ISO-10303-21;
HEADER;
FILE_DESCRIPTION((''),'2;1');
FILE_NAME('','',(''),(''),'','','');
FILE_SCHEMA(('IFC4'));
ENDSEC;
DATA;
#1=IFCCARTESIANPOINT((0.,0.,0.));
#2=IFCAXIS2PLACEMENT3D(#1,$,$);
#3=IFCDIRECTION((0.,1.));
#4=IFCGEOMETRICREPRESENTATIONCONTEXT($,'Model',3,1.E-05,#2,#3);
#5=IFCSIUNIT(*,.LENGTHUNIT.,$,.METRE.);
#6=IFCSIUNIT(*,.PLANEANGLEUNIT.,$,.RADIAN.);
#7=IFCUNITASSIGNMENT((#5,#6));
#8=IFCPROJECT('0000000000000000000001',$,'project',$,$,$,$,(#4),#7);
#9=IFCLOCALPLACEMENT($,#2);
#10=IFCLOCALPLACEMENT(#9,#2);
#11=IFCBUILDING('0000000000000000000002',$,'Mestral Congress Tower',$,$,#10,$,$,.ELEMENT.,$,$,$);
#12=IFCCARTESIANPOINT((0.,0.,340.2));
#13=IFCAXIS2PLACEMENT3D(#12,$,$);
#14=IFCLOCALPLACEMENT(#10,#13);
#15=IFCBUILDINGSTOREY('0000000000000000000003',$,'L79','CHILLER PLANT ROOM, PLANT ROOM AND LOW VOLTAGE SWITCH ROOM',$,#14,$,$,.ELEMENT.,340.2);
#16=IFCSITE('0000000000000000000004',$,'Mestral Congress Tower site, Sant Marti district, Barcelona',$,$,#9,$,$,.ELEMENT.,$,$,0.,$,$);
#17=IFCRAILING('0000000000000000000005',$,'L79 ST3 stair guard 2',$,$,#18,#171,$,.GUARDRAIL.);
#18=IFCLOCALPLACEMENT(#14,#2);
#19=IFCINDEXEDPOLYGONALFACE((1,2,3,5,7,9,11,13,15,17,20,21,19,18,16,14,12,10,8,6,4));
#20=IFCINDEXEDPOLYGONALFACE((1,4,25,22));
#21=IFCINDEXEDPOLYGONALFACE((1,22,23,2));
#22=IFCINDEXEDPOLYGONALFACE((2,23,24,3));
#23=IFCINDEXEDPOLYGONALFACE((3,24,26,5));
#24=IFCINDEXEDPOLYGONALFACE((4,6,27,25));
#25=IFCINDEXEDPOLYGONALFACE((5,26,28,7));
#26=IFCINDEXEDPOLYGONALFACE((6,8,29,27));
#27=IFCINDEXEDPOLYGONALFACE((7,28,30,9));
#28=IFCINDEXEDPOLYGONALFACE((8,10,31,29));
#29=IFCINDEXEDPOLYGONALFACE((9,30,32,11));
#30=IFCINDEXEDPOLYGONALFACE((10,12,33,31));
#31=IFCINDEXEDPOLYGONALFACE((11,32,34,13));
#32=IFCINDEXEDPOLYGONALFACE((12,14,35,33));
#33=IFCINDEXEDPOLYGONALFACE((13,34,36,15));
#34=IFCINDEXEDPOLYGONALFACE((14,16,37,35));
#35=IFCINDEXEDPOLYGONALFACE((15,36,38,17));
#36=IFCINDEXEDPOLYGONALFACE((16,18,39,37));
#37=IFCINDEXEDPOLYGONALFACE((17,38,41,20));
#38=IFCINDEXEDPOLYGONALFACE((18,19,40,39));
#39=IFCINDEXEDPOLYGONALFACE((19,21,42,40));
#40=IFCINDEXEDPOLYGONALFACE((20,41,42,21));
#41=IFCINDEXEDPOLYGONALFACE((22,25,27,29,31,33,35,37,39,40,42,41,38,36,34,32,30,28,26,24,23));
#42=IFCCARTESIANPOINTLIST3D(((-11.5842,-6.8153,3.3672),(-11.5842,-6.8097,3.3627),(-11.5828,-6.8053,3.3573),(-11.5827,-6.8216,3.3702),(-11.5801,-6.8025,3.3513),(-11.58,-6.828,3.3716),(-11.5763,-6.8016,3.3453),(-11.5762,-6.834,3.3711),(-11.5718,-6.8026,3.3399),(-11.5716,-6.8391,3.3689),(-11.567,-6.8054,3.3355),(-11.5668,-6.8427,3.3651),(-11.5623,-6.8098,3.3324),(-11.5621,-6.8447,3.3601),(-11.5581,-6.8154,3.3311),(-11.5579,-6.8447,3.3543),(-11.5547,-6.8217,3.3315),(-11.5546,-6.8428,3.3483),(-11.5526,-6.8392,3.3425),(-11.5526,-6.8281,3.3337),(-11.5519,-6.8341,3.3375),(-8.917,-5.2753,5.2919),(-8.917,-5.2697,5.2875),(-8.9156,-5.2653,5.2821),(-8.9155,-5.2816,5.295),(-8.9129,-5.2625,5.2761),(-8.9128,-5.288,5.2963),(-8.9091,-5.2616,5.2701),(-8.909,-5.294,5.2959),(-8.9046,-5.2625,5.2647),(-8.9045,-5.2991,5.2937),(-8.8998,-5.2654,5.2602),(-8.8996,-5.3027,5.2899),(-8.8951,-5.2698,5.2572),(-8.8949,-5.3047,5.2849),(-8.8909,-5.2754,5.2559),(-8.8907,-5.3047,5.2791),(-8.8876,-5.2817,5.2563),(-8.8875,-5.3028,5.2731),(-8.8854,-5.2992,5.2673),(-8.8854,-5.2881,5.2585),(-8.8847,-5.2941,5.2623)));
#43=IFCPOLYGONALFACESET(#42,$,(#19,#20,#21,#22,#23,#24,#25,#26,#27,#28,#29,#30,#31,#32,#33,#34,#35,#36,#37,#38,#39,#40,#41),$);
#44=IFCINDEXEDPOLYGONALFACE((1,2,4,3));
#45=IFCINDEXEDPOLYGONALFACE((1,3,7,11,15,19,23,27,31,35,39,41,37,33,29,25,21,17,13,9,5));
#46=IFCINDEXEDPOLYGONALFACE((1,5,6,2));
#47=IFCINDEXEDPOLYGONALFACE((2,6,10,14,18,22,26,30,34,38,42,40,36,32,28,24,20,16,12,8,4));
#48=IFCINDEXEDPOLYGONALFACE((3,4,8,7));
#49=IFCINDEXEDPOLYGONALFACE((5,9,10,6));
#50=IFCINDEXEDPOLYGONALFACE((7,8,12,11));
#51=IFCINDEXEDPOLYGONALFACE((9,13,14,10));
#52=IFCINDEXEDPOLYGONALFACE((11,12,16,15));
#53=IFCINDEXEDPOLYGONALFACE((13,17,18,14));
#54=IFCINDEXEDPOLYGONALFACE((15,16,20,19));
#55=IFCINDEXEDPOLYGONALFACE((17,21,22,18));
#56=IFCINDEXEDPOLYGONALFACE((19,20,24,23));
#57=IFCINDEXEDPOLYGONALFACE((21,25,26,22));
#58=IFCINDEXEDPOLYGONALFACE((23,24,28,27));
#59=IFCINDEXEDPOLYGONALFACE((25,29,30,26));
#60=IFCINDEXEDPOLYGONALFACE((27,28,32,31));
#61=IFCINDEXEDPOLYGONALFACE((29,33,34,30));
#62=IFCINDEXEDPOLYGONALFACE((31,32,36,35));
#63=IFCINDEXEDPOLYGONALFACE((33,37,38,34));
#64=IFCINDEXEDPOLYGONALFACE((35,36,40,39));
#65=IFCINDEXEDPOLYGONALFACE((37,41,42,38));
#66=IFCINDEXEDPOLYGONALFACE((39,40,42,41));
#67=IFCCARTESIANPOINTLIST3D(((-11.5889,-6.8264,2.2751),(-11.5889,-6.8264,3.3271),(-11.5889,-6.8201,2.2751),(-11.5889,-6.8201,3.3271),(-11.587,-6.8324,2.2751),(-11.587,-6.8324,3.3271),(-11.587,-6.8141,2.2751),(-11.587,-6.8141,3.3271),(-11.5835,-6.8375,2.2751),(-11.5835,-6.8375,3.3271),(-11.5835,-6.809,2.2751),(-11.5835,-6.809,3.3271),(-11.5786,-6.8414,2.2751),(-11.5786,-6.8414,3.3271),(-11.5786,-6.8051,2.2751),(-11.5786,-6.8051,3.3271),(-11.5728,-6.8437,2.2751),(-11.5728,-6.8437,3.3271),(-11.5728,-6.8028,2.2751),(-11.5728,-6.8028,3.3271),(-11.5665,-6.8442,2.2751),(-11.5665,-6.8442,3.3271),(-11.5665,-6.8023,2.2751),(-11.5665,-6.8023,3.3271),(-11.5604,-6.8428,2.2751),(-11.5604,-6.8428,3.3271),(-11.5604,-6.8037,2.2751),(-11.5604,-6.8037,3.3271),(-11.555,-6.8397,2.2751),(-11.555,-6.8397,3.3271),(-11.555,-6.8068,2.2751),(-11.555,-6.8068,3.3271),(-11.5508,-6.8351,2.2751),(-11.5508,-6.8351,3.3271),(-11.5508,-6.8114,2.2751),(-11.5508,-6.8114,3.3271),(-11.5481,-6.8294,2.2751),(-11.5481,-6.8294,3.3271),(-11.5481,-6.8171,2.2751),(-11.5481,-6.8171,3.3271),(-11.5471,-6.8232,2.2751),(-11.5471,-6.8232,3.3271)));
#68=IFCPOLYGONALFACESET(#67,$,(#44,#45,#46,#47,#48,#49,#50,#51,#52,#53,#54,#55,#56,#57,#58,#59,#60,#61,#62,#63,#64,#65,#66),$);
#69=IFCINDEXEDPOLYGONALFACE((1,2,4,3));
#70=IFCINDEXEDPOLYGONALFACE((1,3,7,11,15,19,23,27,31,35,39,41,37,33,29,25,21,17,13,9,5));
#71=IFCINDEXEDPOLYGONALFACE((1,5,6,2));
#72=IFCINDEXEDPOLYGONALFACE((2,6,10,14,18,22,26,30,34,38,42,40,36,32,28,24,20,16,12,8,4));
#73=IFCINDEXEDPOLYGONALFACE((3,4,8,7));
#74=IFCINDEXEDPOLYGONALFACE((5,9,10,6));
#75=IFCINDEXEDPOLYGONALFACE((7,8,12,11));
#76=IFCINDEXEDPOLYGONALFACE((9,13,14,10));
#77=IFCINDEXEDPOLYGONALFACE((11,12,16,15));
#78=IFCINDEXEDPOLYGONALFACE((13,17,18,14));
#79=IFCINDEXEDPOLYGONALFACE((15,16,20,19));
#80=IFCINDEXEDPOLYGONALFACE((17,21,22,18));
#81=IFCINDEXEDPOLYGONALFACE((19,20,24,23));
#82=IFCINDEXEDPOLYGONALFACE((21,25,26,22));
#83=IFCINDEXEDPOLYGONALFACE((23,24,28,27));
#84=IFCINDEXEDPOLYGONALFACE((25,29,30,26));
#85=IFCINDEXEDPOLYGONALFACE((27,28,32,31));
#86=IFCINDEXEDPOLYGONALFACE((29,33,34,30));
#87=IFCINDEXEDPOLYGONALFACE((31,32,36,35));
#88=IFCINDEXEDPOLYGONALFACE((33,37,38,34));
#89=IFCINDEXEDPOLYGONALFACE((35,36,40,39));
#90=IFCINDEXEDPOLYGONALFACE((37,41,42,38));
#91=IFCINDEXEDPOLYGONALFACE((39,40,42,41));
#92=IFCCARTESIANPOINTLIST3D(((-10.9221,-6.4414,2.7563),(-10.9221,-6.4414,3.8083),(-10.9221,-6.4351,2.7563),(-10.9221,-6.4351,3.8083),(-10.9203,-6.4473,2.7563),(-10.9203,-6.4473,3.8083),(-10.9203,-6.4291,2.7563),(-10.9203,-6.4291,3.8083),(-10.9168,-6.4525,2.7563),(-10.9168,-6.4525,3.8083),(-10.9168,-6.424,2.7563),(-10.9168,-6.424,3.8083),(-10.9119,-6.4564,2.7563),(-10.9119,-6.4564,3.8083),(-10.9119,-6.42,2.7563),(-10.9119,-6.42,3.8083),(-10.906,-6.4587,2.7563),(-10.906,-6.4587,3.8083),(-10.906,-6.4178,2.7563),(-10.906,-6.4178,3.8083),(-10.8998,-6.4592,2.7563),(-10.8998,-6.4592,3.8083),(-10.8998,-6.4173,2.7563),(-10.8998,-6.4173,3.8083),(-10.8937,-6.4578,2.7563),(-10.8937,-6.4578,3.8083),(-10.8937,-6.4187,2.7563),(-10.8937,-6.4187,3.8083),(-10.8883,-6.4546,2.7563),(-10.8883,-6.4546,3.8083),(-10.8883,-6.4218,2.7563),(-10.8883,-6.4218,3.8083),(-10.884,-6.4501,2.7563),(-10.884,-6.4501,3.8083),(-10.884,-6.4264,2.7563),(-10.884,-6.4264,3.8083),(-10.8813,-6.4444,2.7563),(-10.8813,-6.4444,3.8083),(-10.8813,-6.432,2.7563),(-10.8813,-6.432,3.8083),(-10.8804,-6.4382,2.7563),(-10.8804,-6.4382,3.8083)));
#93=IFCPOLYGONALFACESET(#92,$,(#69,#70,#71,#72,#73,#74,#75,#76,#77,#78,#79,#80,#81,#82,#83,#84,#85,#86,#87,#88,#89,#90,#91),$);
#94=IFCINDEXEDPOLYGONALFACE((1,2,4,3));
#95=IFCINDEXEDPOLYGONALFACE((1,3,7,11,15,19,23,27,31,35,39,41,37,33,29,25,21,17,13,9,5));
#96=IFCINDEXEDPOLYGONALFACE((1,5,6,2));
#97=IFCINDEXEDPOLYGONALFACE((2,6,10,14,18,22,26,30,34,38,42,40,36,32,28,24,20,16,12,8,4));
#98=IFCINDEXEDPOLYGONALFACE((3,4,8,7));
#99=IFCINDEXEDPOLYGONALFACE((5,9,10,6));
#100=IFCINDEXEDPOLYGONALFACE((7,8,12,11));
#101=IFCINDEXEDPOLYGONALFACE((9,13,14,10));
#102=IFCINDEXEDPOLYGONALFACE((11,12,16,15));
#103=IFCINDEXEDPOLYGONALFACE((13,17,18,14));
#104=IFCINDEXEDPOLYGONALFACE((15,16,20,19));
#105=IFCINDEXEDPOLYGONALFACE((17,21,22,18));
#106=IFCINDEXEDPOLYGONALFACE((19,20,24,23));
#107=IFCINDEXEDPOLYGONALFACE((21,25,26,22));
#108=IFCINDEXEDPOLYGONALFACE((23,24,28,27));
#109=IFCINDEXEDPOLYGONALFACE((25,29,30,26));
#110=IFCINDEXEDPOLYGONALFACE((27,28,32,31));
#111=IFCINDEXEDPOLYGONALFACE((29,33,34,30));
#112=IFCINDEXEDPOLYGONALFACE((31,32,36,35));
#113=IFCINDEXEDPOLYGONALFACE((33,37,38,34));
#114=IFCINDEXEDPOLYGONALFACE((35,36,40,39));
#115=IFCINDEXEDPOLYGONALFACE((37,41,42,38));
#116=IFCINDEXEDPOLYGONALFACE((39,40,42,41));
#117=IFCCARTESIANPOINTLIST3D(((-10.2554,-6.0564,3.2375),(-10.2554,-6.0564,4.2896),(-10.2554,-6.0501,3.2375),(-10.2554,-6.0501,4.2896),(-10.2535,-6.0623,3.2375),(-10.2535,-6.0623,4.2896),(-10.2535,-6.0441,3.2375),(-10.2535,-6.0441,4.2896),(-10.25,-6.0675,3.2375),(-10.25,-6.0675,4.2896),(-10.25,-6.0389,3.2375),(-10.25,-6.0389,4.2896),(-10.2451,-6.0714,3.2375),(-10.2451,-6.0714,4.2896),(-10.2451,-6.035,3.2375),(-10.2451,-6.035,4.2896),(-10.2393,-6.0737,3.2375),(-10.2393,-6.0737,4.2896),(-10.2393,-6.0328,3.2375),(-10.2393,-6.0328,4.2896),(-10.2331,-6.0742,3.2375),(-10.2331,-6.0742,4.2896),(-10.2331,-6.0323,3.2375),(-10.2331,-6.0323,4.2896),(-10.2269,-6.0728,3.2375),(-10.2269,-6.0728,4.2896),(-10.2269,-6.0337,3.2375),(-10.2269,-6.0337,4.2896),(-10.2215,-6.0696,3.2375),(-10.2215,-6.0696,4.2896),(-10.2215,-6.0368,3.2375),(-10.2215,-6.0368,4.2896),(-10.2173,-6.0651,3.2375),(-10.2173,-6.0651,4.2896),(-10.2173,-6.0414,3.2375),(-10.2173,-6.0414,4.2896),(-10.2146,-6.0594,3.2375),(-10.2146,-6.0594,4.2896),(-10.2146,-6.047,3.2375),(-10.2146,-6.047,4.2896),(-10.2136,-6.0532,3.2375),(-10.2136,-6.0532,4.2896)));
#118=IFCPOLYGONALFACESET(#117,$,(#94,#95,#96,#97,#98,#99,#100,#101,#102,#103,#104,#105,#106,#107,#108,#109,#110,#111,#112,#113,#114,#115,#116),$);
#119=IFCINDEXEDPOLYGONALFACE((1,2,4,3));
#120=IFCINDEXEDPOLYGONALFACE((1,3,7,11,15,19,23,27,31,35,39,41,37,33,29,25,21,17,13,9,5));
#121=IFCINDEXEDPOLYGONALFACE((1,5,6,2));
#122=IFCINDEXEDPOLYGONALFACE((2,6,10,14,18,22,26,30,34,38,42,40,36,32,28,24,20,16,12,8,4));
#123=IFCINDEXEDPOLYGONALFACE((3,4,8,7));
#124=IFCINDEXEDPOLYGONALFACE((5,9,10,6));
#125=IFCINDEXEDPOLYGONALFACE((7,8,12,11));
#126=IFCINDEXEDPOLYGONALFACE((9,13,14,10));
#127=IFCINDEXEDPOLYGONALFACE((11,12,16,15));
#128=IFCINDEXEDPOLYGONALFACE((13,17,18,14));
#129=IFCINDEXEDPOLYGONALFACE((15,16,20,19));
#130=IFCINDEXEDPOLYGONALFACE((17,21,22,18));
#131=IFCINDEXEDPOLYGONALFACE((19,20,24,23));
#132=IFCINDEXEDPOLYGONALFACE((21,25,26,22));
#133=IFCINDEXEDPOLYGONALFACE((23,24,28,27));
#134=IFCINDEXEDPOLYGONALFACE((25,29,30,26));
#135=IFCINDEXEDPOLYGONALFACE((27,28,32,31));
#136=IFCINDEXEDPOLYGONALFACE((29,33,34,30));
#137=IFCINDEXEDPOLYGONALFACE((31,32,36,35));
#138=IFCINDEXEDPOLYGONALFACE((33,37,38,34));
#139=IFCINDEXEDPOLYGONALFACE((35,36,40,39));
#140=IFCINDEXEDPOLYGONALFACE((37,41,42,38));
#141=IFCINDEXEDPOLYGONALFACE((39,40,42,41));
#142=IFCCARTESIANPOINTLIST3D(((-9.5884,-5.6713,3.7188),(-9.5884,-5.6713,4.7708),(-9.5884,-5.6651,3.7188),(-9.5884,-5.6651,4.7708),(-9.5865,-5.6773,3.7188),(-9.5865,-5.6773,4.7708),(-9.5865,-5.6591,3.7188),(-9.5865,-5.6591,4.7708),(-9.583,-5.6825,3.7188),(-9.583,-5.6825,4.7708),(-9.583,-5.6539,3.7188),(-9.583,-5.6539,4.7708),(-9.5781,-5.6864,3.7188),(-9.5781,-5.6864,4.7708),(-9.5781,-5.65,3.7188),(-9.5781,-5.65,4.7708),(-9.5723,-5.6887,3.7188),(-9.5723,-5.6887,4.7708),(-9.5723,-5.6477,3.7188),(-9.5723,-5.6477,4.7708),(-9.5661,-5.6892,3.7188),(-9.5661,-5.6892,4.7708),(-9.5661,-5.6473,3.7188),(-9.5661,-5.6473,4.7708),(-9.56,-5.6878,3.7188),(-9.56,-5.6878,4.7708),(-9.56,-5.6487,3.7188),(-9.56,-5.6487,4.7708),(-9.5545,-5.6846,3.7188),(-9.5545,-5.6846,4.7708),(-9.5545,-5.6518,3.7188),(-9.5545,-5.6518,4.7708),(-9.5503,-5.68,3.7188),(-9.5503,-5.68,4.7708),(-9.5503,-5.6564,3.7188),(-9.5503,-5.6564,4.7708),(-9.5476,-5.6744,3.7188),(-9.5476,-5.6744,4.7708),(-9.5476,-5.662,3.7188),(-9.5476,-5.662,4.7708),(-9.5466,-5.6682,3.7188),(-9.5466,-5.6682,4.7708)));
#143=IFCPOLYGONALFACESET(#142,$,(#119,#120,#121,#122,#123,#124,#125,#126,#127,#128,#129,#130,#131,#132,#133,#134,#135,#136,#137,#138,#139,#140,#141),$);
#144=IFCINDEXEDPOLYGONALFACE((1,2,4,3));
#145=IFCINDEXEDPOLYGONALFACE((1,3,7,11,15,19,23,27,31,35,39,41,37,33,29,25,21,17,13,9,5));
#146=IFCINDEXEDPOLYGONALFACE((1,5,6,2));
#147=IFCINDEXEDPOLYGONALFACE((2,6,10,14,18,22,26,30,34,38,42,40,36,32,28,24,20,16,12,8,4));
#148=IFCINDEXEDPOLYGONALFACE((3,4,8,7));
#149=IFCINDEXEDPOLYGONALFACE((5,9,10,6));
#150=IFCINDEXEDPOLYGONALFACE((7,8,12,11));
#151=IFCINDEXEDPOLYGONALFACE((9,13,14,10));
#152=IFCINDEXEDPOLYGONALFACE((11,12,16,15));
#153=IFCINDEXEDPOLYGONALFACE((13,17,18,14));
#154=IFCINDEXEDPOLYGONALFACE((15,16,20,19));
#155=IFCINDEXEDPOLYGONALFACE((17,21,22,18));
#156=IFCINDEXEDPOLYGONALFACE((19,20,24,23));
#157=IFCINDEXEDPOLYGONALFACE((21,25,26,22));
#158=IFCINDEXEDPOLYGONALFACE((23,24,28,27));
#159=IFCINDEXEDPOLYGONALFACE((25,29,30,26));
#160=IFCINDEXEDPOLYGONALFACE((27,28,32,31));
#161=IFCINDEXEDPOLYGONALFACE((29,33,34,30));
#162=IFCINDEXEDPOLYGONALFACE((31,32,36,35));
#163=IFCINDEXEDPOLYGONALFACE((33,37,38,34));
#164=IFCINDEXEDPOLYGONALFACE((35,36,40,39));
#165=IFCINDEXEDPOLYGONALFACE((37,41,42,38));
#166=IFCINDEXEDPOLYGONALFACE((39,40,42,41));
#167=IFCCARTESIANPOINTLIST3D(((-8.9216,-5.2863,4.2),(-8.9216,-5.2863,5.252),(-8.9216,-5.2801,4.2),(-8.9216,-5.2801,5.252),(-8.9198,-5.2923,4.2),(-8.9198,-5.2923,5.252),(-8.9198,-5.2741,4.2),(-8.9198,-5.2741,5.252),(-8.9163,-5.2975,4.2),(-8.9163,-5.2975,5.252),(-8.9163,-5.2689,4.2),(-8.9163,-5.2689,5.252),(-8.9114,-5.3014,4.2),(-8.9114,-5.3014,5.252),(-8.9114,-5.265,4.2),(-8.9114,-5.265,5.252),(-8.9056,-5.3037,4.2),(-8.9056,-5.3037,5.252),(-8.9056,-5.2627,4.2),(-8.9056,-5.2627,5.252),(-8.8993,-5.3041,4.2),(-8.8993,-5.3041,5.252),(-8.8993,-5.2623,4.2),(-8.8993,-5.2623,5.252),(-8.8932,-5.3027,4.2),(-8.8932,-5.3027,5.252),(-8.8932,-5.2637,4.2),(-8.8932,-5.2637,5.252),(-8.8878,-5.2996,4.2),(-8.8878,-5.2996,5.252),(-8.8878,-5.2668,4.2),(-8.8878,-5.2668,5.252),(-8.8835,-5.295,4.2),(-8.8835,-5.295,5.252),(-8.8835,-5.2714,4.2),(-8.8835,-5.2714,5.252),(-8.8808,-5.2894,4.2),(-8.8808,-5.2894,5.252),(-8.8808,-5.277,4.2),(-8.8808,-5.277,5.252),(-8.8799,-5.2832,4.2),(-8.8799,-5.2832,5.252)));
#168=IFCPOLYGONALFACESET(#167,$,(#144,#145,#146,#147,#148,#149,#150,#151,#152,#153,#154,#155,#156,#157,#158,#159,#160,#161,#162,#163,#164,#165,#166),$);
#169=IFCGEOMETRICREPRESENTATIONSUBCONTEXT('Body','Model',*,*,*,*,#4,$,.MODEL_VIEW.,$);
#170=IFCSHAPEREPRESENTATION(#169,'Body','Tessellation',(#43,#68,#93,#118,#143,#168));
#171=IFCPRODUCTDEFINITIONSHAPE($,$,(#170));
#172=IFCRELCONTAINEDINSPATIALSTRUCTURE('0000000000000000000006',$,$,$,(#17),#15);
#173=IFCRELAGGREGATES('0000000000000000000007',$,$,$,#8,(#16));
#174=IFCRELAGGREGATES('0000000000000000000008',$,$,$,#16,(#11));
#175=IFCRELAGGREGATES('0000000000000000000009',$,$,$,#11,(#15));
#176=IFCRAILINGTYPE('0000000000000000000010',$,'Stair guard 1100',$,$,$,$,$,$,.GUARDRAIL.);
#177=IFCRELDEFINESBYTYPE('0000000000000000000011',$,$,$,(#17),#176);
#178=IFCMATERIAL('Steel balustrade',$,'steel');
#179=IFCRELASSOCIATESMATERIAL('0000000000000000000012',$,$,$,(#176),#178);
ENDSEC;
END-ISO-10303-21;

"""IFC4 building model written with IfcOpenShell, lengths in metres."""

from ifc_helpers import new_model, si_unit, direction, frame, origin, origin_2d, place, context, subcontext, project, spatial, circle, extrude, material, type_object, element, save


model = new_model("IFC4")

# Units and contexts
model_context = context("Model", 3, precision=1e-05, world=origin(), true_north=direction((0.0, 1.0)))
body_context = subcontext(model_context, "Body", "Model", "MODEL_VIEW")
ifc_project = project(units=[si_unit("LENGTHUNIT", "METRE"), si_unit("PLANEANGLEUNIT", "RADIAN")], contexts=[model_context])

# Site, building, storey
site_placement = place(None, origin())
site = spatial("IfcSite", under=ifc_project, at=site_placement, Name="Mestral Congress Tower site, Sant Marti district, Barcelona", CompositionType="ELEMENT", RefElevation=0.0)
building_placement = place(site_placement, origin())
building = spatial("IfcBuilding", under=site, at=building_placement, Name="Mestral Congress Tower", CompositionType="ELEMENT")
storey_placement = place(building_placement, frame((0.0, 0.0, 340.2)))
storey = spatial("IfcBuildingStorey", under=building, at=storey_placement, Name="L79", Description="CHILLER PLANT ROOM, PLANT ROOM AND LOW VOLTAGE SWITCH ROOM", CompositionType="ELEMENT", Elevation=340.2)

# Railing
ifc_material_1 = material(Name="Steel balustrade", Category="steel")
railing_type_1 = type_object("IfcRailingType", Name="Stair guard 1100", PredefinedType="GUARDRAIL", material=ifc_material_1)
railing_1_placement = place(storey_placement, frame((-11.5681, -6.8232, 2.2751)))
element("IfcRailing", 1, at=railing_1_placement, inside=storey, type_object=railing_type_1, Name="L79 ST3 stair guard 2", PredefinedType="GUARDRAIL", context=body_context, shape_type="SweptSolid", body=[
    extrude(circle(Radius=0.0239, at=origin_2d()), frame((0.0, 0.0, 1.0762), z_axis=(0.73439, 0.424031, 0.529971), x_axis=(-0.500027, 0.86601, 0.0)), (0.0, 0.0, 1.0), 3.6318),
    extrude(circle(Radius=0.021, at=origin_2d()), origin(), (0.0, 0.0, 1.0), 1.052),
    extrude(circle(Radius=0.021, at=origin_2d()), frame((0.6667, 0.385, 0.4812)), (0.0, 0.0, 1.0), 1.052),
    extrude(circle(Radius=0.021, at=origin_2d()), frame((1.3335, 0.77, 0.9624)), (0.0, 0.0, 1.0), 1.052),
    extrude(circle(Radius=0.021, at=origin_2d()), frame((2.0005, 1.155, 1.4436)), (0.0, 0.0, 1.0), 1.052),
    extrude(circle(Radius=0.021, at=origin_2d()), frame((2.6672, 1.54, 1.9248)), (0.0, 0.0, 1.0), 1.052),
])

save(model, "model.ifc")
